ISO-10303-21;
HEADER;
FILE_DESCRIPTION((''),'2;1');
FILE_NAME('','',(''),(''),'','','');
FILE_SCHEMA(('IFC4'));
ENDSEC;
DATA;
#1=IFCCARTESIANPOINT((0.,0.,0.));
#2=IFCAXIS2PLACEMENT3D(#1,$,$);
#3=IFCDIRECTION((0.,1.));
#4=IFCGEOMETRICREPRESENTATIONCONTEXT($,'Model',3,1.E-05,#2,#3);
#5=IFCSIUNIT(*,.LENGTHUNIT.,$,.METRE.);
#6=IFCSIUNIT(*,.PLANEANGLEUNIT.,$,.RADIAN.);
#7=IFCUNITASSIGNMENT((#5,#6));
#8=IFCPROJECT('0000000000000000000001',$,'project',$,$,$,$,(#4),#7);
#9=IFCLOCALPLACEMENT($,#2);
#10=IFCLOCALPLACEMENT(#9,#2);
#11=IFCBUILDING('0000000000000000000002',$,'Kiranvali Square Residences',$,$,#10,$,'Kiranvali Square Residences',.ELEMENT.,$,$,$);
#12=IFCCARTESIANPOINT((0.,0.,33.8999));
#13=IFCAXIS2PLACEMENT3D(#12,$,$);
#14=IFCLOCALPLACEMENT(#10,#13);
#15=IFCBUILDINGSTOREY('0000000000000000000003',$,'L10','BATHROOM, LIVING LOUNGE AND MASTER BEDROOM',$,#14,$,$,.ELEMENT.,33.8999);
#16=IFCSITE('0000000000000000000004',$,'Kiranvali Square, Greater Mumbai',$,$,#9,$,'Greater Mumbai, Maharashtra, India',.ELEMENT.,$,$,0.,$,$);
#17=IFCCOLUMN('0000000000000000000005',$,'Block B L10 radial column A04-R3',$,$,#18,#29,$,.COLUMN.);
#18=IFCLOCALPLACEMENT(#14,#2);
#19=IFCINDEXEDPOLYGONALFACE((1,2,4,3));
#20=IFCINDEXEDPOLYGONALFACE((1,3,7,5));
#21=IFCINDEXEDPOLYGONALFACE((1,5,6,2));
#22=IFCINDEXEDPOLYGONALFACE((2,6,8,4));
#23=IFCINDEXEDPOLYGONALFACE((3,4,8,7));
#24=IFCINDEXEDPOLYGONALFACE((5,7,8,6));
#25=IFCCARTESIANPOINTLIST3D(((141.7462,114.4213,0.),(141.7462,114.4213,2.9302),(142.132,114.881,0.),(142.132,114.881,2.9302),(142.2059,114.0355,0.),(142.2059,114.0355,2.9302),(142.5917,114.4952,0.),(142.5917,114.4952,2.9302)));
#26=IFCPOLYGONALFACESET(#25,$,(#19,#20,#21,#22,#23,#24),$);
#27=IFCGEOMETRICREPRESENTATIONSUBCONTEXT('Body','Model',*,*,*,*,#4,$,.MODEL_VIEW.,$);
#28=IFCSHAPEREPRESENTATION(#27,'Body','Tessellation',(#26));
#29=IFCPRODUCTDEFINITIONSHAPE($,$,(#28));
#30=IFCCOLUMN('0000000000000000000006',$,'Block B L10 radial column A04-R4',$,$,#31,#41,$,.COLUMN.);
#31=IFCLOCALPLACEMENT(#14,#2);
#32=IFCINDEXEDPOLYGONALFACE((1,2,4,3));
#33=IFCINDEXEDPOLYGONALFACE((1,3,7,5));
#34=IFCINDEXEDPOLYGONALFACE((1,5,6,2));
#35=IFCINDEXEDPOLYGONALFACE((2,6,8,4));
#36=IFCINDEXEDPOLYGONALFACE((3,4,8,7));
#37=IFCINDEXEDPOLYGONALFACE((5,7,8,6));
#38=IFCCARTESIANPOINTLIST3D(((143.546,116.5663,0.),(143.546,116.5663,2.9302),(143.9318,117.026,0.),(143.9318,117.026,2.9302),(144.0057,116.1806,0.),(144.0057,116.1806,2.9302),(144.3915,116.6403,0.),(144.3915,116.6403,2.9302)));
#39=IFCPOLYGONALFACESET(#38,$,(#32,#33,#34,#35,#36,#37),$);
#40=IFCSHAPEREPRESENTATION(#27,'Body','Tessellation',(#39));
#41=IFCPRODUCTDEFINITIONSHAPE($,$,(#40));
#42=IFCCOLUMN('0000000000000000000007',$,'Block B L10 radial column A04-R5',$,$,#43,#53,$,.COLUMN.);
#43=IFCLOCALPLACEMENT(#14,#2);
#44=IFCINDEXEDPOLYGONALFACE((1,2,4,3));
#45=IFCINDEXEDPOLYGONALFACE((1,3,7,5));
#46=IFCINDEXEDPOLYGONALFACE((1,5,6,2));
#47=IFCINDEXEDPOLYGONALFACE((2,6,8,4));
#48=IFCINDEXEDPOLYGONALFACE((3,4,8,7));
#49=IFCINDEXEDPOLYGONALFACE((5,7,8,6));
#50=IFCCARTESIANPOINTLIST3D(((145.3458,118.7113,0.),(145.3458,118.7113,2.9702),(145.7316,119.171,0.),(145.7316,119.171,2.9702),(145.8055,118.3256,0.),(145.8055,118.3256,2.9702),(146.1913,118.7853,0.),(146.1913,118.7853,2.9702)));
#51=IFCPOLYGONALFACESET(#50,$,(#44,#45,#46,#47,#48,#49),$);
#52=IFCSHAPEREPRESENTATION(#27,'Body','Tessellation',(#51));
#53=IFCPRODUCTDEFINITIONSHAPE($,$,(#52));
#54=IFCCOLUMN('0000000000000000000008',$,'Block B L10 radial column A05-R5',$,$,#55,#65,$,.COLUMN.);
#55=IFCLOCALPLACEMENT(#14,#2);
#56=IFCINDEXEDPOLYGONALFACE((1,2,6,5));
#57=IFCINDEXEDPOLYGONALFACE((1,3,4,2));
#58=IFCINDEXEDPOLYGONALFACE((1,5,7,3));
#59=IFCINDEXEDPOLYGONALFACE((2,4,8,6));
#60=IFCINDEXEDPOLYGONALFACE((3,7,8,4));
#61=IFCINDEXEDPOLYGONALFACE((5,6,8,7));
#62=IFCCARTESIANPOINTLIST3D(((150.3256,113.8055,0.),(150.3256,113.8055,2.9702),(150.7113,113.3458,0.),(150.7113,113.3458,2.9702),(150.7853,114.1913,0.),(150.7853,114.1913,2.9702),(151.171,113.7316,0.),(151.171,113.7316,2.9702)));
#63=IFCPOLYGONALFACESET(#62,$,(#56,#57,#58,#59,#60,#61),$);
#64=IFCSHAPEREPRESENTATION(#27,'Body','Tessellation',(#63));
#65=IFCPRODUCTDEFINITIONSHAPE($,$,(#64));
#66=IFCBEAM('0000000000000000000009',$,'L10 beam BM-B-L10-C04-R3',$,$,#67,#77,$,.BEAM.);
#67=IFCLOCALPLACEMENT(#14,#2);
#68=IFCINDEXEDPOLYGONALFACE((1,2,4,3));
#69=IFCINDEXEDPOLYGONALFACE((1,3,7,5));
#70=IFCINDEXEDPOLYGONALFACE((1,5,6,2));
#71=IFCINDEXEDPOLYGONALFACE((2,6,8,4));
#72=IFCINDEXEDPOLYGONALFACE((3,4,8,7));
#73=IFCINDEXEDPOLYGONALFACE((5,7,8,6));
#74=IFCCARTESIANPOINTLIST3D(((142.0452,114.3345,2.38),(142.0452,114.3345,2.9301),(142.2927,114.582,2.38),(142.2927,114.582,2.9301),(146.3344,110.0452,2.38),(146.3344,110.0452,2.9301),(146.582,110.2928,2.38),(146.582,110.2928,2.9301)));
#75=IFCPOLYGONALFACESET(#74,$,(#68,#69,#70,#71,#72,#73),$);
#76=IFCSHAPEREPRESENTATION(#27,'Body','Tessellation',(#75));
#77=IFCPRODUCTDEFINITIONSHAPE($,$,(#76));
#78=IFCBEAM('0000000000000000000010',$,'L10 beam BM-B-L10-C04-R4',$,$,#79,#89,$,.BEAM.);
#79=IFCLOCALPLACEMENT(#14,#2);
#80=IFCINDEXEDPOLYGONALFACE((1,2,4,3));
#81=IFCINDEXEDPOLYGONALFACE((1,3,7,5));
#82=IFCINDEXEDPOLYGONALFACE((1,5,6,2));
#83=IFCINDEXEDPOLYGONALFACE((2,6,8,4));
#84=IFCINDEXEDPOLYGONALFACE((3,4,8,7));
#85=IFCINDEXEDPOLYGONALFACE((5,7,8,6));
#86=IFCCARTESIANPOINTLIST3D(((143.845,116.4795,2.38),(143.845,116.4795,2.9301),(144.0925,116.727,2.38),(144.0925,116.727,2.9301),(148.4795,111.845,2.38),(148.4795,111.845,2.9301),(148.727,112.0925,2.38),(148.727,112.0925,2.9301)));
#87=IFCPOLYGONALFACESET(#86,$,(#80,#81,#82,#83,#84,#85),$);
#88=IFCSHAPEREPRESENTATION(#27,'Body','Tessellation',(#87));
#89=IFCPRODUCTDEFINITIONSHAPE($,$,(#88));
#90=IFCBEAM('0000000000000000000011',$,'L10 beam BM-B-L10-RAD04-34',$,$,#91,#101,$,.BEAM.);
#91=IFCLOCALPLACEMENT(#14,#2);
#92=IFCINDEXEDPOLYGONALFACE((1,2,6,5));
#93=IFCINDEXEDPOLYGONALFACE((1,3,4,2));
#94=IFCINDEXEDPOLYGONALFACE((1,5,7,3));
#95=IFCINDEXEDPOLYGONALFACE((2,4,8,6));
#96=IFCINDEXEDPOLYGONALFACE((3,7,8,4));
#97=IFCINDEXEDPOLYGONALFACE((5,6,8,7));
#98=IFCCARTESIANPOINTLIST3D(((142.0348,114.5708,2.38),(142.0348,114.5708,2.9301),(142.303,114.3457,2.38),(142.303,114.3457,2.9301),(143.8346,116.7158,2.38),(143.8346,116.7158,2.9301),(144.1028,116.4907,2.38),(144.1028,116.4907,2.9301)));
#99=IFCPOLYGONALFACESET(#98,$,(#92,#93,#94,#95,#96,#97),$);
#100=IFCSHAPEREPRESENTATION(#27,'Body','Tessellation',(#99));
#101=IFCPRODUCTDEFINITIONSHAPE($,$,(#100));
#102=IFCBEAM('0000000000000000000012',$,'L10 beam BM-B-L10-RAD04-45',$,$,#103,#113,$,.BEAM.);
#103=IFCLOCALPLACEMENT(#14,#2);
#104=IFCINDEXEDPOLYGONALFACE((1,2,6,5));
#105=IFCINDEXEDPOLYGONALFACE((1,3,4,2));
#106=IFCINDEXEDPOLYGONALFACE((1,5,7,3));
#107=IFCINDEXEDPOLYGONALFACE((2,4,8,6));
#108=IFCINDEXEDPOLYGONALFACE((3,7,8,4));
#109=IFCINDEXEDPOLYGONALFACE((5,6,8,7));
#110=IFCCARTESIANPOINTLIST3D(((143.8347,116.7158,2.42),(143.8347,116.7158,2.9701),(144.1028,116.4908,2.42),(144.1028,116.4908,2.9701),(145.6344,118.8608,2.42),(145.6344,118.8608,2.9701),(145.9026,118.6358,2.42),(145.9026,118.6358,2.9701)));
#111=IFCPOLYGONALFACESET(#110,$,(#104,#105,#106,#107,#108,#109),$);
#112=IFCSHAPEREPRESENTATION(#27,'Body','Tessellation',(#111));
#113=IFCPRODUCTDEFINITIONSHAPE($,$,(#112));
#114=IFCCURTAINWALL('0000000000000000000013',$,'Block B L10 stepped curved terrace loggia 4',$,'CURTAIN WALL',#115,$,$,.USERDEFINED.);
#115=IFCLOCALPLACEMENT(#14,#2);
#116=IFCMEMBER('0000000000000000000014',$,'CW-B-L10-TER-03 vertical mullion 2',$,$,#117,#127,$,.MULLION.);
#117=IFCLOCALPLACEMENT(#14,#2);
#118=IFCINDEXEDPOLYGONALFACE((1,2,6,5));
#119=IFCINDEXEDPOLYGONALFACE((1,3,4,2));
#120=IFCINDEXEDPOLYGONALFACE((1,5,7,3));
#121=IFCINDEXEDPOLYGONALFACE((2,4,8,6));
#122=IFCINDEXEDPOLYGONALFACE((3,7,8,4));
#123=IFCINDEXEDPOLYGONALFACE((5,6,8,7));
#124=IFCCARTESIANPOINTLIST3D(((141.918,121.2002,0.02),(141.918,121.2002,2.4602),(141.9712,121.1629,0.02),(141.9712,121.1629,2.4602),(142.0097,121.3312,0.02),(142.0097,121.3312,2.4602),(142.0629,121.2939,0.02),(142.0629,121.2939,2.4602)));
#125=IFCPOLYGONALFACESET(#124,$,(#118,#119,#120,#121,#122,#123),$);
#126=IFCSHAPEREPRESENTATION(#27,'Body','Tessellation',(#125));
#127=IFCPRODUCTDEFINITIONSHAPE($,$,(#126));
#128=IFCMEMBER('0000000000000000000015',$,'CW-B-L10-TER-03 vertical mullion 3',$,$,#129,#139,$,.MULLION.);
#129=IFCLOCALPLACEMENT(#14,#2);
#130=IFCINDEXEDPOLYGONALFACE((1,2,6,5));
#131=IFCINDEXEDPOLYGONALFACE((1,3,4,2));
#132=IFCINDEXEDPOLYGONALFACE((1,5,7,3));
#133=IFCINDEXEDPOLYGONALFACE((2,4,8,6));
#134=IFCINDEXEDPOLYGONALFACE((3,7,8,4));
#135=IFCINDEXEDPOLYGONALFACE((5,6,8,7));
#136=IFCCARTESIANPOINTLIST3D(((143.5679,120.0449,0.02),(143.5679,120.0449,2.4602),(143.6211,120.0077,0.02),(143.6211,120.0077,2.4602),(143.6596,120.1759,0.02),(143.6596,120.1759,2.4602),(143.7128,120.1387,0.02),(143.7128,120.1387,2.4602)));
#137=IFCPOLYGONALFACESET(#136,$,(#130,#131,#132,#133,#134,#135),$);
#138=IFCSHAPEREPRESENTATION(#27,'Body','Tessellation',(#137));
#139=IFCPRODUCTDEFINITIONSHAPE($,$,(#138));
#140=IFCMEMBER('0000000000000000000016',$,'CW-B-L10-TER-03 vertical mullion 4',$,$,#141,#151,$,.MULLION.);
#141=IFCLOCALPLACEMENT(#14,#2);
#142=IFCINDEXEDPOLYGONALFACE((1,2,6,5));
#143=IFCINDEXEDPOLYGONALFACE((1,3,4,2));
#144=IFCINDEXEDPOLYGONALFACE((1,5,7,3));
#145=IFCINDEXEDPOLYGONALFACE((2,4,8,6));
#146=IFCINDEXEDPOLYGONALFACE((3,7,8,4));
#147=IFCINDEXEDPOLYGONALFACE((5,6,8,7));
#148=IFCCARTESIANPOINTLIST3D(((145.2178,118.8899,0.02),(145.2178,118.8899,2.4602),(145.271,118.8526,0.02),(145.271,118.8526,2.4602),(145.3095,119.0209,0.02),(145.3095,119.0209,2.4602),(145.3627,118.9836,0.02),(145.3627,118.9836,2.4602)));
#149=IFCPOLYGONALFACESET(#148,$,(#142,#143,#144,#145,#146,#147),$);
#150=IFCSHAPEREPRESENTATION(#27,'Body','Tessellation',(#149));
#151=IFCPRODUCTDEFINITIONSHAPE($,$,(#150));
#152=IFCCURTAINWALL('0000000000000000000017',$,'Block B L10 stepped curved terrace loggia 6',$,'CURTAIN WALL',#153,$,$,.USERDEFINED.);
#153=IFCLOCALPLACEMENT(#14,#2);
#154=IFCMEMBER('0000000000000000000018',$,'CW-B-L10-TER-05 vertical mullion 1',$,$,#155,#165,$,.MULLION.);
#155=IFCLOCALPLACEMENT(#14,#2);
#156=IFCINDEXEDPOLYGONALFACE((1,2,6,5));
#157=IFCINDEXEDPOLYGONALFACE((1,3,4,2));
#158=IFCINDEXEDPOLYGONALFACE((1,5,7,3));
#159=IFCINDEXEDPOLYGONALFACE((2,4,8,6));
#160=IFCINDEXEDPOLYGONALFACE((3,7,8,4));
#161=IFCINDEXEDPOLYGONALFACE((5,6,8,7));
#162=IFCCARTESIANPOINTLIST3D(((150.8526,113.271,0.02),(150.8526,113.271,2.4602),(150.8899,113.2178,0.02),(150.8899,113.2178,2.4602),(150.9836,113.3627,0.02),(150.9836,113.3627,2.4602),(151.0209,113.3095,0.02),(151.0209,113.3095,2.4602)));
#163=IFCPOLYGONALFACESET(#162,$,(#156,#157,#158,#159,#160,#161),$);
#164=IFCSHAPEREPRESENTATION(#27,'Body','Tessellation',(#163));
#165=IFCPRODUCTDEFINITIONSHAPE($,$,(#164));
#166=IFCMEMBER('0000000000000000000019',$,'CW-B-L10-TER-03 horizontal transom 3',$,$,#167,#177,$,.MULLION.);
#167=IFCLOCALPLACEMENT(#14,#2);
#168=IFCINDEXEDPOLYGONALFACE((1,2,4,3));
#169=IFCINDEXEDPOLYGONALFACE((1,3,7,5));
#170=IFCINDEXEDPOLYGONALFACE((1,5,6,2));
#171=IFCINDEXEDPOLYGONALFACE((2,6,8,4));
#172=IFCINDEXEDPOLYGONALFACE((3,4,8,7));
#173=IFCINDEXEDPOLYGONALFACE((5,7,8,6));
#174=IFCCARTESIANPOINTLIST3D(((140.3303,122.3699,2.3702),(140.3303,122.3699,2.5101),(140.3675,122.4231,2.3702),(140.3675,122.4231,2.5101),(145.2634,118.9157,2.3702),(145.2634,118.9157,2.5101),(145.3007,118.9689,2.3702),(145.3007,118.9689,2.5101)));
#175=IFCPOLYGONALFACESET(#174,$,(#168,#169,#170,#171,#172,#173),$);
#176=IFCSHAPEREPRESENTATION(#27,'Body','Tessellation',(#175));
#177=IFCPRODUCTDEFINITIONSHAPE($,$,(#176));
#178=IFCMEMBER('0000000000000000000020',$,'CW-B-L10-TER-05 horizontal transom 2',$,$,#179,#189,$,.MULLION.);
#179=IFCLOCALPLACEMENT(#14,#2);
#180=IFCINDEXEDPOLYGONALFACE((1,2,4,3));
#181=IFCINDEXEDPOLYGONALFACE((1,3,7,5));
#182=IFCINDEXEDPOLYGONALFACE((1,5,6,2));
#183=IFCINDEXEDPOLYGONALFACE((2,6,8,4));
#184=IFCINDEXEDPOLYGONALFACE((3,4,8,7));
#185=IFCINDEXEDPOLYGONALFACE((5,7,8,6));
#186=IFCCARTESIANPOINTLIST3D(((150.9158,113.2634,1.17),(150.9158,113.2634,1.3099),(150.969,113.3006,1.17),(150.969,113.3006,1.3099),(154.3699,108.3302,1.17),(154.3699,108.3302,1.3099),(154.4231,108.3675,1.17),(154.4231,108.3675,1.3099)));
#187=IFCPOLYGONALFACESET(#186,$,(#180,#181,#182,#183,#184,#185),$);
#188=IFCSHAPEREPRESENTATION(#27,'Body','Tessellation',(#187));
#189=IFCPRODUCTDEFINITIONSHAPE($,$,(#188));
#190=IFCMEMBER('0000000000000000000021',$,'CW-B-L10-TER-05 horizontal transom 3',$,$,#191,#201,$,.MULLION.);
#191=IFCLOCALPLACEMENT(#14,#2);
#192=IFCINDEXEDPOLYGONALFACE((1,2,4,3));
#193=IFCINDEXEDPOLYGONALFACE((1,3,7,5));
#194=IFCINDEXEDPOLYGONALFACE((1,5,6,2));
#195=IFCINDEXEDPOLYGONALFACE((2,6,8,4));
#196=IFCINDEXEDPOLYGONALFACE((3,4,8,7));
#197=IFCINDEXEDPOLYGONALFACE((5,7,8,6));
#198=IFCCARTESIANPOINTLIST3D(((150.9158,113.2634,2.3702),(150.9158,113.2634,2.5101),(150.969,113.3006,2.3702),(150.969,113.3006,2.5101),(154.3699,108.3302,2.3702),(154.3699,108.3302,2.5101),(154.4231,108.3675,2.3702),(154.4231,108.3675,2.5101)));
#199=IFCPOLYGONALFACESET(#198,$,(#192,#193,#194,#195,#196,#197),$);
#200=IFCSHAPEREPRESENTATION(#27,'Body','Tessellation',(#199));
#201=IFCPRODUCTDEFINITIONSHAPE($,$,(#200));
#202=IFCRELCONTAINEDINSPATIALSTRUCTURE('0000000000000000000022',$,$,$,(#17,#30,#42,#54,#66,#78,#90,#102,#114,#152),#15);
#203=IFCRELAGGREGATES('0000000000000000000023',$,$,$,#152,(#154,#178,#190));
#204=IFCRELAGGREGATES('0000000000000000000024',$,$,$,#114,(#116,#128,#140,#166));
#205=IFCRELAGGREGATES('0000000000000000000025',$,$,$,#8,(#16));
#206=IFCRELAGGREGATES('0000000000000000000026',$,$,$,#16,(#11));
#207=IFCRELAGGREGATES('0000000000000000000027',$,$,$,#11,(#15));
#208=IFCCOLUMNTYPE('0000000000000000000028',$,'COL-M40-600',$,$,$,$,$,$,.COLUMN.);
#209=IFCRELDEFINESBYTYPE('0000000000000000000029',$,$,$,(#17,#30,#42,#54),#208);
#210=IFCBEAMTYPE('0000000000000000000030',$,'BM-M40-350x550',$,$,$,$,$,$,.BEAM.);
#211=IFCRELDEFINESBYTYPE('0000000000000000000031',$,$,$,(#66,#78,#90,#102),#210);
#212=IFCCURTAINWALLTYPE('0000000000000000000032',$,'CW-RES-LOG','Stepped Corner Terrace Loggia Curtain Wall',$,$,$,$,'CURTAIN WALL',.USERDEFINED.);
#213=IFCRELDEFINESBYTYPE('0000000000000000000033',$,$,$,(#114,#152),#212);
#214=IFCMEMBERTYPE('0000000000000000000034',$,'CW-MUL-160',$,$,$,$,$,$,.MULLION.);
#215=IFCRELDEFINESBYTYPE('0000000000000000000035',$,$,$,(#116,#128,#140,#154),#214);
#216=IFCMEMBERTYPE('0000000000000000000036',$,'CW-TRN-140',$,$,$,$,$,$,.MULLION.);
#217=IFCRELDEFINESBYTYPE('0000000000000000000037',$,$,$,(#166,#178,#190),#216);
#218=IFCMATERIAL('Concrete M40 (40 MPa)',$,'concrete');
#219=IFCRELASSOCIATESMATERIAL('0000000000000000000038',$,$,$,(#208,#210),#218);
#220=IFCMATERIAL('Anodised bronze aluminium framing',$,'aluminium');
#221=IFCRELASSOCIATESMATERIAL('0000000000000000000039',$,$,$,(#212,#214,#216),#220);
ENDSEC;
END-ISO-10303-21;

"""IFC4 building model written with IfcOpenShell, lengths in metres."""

from ifc_helpers import new_model, si_unit, direction, frame, origin, origin_2d, place, context, subcontext, project, spatial, rectangle, extrude, material, material_profile, profile_set, type_object, element, aggregate, save


model = new_model("IFC4")

# Units and contexts
model_context = context("Model", 3, precision=1e-05, world=origin(), true_north=direction((0.0, 1.0)))
body_context = subcontext(model_context, "Body", "Model", "MODEL_VIEW")
ifc_project = project(units=[si_unit("LENGTHUNIT", "METRE"), si_unit("PLANEANGLEUNIT", "RADIAN")], contexts=[model_context])

# Site, building, storey
site_placement = place(None, origin())
site = spatial("IfcSite", under=ifc_project, at=site_placement, Name="Kiranvali Square, Greater Mumbai", LongName="Greater Mumbai, Maharashtra, India", CompositionType="ELEMENT", RefElevation=0.0)
building_placement = place(site_placement, origin())
building = spatial("IfcBuilding", under=site, at=building_placement, Name="Kiranvali Square Residences", LongName="Kiranvali Square Residences", CompositionType="ELEMENT")
storey_placement = place(building_placement, frame((0.0, 0.0, 33.8999)))
storey = spatial("IfcBuildingStorey", under=building, at=storey_placement, Name="L10", Description="BATHROOM, LIVING LOUNGE AND MASTER BEDROOM", CompositionType="ELEMENT", Elevation=33.8999)

# Columns
ifc_material_1 = material(Name="Concrete M40 (40 MPa)", Category="concrete")
ifc_material_profile_1 = material_profile(ifc_material_1, rectangle(XDim=0.6001, YDim=0.6001, at=origin_2d()), Name="RC 600x600")
ifc_profile_set_1 = profile_set([ifc_material_profile_1], Name="Concrete M40 (40 MPa)")
column_type = type_object("IfcColumnType", Name="COL-M40-600", PredefinedType="COLUMN", material=ifc_profile_set_1)
for number, where, z_axis, x_axis, name in (
    (1, (142.1689, 114.4583, 0.0), (0.0, 0.0, 1.0), (-0.766044, 0.642788, 0.0), "Block B L10 radial column A04-R3"),
    (2, (143.9688, 116.6033, 0.0), (0.0, 0.0, 1.0), (-0.766044, 0.642788, 0.0), "Block B L10 radial column A04-R4"),
):
    element("IfcColumn", number, at=place(storey_placement, frame(where, z_axis=z_axis, x_axis=x_axis)), inside=storey, type_object=column_type, Name=name, PredefinedType="COLUMN", context=body_context, shape_type="SweptSolid", body=[
        extrude(rectangle(XDim=0.6001, YDim=0.6001, at=origin_2d()), origin(), (0.0, 0.0, 1.0), 2.9302),
    ])
for number, where, z_axis, x_axis, name in (
    (3, (145.7686, 118.7483, 0.0), (0.0, 0.0, 1.0), (-0.766044, 0.642788, 0.0), "Block B L10 radial column A04-R5"),
    (4, (150.7483, 113.7686, 0.0), (0.0, 0.0, 1.0), (-0.642788, 0.766044, 0.0), "Block B L10 radial column A05-R5"),
):
    element("IfcColumn", number, at=place(storey_placement, frame(where, z_axis=z_axis, x_axis=x_axis)), inside=storey, type_object=column_type, Name=name, PredefinedType="COLUMN", context=body_context, shape_type="SweptSolid", body=[
        extrude(rectangle(XDim=0.6001, YDim=0.6001, at=origin_2d()), origin(), (0.0, 0.0, 1.0), 2.9702),
    ])

# Beams
ifc_material_profile_2 = material_profile(ifc_material_1, rectangle(XDim=0.3501, YDim=0.55, at=origin_2d()), Name="RC 350x550")
ifc_profile_set_2 = profile_set([ifc_material_profile_2], Name="Concrete M40 (40 MPa)")
beam_type_1 = type_object("IfcBeamType", Name="BM-M40-350x550", PredefinedType="BEAM", material=ifc_profile_set_2)
beam_1_placement = place(storey_placement, frame((142.1689, 114.4583, 2.655), z_axis=(0.707107, -0.707107, 0.0), x_axis=(0.707107, 0.707107, 0.0)))
element("IfcBeam", 5, at=beam_1_placement, inside=storey, type_object=beam_type_1, Name="L10 beam BM-B-L10-C04-R3", PredefinedType="BEAM", context=body_context, shape_type="SweptSolid", body=[
    extrude(rectangle(XDim=0.3501, YDim=0.55, at=origin_2d()), origin(), (0.0, 0.0, 1.0), 6.0659),
])
beam_2_placement = place(storey_placement, frame((143.9688, 116.6033, 2.655), z_axis=(0.707107, -0.707107, 0.0), x_axis=(0.707107, 0.707107, 0.0)))
element("IfcBeam", 6, at=beam_2_placement, inside=storey, type_object=beam_type_1, Name="L10 beam BM-B-L10-C04-R4", PredefinedType="BEAM", context=body_context, shape_type="SweptSolid", body=[
    extrude(rectangle(XDim=0.3501, YDim=0.55, at=origin_2d()), origin(), (0.0, 0.0, 1.0), 6.5542),
])
for number, where, z_axis, x_axis, name in (
    (7, (142.1689, 114.4583, 2.655), (0.642771, 0.766059, 0.0), (-0.766059, 0.642771, 0.0), "L10 beam BM-B-L10-RAD04-34"),
    (8, (143.9688, 116.6033, 2.6951), (0.642771, 0.766059, 0.0), (-0.766059, 0.642771, 0.0), "L10 beam BM-B-L10-RAD04-45"),
):
    element("IfcBeam", number, at=place(storey_placement, frame(where, z_axis=z_axis, x_axis=x_axis)), inside=storey, type_object=beam_type_1, Name=name, PredefinedType="BEAM", context=body_context, shape_type="SweptSolid", body=[
        extrude(rectangle(XDim=0.3501, YDim=0.55, at=origin_2d()), origin(), (0.0, 0.0, 1.0), 2.8),
    ])

# Curtain wall, members
ifc_material_2 = material(Name="Anodised bronze aluminium framing", Category="aluminium")
curtain_wall_type = type_object("IfcCurtainWallType", Name="CW-RES-LOG", Description="Stepped Corner Terrace Loggia Curtain Wall", ElementType="CURTAIN WALL", PredefinedType="USERDEFINED", material=ifc_material_2)
curtain_wall_1_placement = place(storey_placement, origin())
curtain_wall_1 = element("IfcCurtainWall", 9, at=curtain_wall_1_placement, inside=storey, type_object=curtain_wall_type, Name="Block B L10 stepped curved terrace loggia 4", ObjectType="CURTAIN WALL", PredefinedType="USERDEFINED")
ifc_material_profile_3 = material_profile(ifc_material_2, rectangle(XDim=0.0649, YDim=0.1599, at=origin_2d()), Name="ALU 65x160")
ifc_profile_set_3 = profile_set([ifc_material_profile_3], Name="Anodised bronze aluminium framing")
member_type_1 = type_object("IfcMemberType", Name="CW-MUL-160", PredefinedType="MULLION", material=ifc_profile_set_3)
member_1_placement = place(storey_placement, frame((141.9905, 121.2471, 0.02), z_axis=(0.0, 0.0, 1.0), x_axis=(0.819152, -0.573576, 0.0)))
member_1 = element("IfcMember", 10, at=member_1_placement, type_object=member_type_1, Name="CW-B-L10-TER-03 vertical mullion 2", PredefinedType="MULLION", context=body_context, shape_type="SweptSolid", body=[
    extrude(rectangle(XDim=0.0649, YDim=0.1599, at=origin_2d()), origin(), (0.0, 0.0, 1.0), 2.4402),
])
member_2_placement = place(storey_placement, frame((143.6404, 120.0918, 0.02), z_axis=(0.0, 0.0, 1.0), x_axis=(0.819152, -0.573576, 0.0)))
member_2 = element("IfcMember", 11, at=member_2_placement, type_object=member_type_1, Name="CW-B-L10-TER-03 vertical mullion 3", PredefinedType="MULLION", context=body_context, shape_type="SweptSolid", body=[
    extrude(rectangle(XDim=0.0649, YDim=0.1599, at=origin_2d()), origin(), (0.0, 0.0, 1.0), 2.4402),
])
member_3_placement = place(storey_placement, frame((145.2903, 118.9368, 0.02), z_axis=(0.0, 0.0, 1.0), x_axis=(0.819152, -0.573576, 0.0)))
member_3 = element("IfcMember", 12, at=member_3_placement, type_object=member_type_1, Name="CW-B-L10-TER-03 vertical mullion 4", PredefinedType="MULLION", context=body_context, shape_type="SweptSolid", body=[
    extrude(rectangle(XDim=0.0649, YDim=0.1599, at=origin_2d()), origin(), (0.0, 0.0, 1.0), 2.4402),
])

# Curtain wall, member
curtain_wall_2_placement = place(storey_placement, origin())
curtain_wall_2 = element("IfcCurtainWall", 13, at=curtain_wall_2_placement, inside=storey, type_object=curtain_wall_type, Name="Block B L10 stepped curved terrace loggia 6", ObjectType="CURTAIN WALL", PredefinedType="USERDEFINED")
member_4_placement = place(storey_placement, frame((150.9368, 113.2903, 0.02), z_axis=(0.0, 0.0, 1.0), x_axis=(0.573576, -0.819152, 0.0)))
member_4 = element("IfcMember", 14, at=member_4_placement, type_object=member_type_1, Name="CW-B-L10-TER-05 vertical mullion 1", PredefinedType="MULLION", context=body_context, shape_type="SweptSolid", body=[
    extrude(rectangle(XDim=0.0649, YDim=0.1599, at=origin_2d()), origin(), (0.0, 0.0, 1.0), 2.4402),
])

# Members
ifc_material_profile_4 = material_profile(ifc_material_2, rectangle(XDim=0.0649, YDim=0.1399, at=origin_2d()), Name="ALU 65x140")
ifc_profile_set_4 = profile_set([ifc_material_profile_4], Name="Anodised bronze aluminium framing")
member_type_2 = type_object("IfcMemberType", Name="CW-TRN-140", PredefinedType="MULLION", material=ifc_profile_set_4)
member_5_placement = place(storey_placement, frame((140.3489, 122.3965, 2.4402), z_axis=(0.81916, -0.573566, 0.0), x_axis=(0.573566, 0.81916, 0.0)))
member_5 = element("IfcMember", 15, at=member_5_placement, type_object=member_type_2, Name="CW-B-L10-TER-03 horizontal transom 3", PredefinedType="MULLION", context=body_context, shape_type="SweptSolid", body=[
    extrude(rectangle(XDim=0.0649, YDim=0.1399, at=origin_2d()), origin(), (0.0, 0.0, 1.0), 6.0222),
])
member_6_placement = place(storey_placement, frame((150.9424, 113.282, 1.24), z_axis=(0.573566, -0.81916, 0.0), x_axis=(0.81916, 0.573566, 0.0)))
member_6 = element("IfcMember", 16, at=member_6_placement, type_object=member_type_2, Name="CW-B-L10-TER-05 horizontal transom 2", PredefinedType="MULLION", context=body_context, shape_type="SweptSolid", body=[
    extrude(rectangle(XDim=0.0649, YDim=0.1399, at=origin_2d()), origin(), (0.0, 0.0, 1.0), 6.0222),
])
member_7_placement = place(storey_placement, frame((150.9424, 113.282, 2.4402), z_axis=(0.573566, -0.81916, 0.0), x_axis=(0.81916, 0.573566, 0.0)))
member_7 = element("IfcMember", 17, at=member_7_placement, type_object=member_type_2, Name="CW-B-L10-TER-05 horizontal transom 3", PredefinedType="MULLION", context=body_context, shape_type="SweptSolid", body=[
    extrude(rectangle(XDim=0.0649, YDim=0.1399, at=origin_2d()), origin(), (0.0, 0.0, 1.0), 6.0222),
])
aggregate(curtain_wall_2, [member_4, member_6, member_7])

aggregate(curtain_wall_1, [member_1, member_2, member_3, member_5])

save(model, "model.ifc")
